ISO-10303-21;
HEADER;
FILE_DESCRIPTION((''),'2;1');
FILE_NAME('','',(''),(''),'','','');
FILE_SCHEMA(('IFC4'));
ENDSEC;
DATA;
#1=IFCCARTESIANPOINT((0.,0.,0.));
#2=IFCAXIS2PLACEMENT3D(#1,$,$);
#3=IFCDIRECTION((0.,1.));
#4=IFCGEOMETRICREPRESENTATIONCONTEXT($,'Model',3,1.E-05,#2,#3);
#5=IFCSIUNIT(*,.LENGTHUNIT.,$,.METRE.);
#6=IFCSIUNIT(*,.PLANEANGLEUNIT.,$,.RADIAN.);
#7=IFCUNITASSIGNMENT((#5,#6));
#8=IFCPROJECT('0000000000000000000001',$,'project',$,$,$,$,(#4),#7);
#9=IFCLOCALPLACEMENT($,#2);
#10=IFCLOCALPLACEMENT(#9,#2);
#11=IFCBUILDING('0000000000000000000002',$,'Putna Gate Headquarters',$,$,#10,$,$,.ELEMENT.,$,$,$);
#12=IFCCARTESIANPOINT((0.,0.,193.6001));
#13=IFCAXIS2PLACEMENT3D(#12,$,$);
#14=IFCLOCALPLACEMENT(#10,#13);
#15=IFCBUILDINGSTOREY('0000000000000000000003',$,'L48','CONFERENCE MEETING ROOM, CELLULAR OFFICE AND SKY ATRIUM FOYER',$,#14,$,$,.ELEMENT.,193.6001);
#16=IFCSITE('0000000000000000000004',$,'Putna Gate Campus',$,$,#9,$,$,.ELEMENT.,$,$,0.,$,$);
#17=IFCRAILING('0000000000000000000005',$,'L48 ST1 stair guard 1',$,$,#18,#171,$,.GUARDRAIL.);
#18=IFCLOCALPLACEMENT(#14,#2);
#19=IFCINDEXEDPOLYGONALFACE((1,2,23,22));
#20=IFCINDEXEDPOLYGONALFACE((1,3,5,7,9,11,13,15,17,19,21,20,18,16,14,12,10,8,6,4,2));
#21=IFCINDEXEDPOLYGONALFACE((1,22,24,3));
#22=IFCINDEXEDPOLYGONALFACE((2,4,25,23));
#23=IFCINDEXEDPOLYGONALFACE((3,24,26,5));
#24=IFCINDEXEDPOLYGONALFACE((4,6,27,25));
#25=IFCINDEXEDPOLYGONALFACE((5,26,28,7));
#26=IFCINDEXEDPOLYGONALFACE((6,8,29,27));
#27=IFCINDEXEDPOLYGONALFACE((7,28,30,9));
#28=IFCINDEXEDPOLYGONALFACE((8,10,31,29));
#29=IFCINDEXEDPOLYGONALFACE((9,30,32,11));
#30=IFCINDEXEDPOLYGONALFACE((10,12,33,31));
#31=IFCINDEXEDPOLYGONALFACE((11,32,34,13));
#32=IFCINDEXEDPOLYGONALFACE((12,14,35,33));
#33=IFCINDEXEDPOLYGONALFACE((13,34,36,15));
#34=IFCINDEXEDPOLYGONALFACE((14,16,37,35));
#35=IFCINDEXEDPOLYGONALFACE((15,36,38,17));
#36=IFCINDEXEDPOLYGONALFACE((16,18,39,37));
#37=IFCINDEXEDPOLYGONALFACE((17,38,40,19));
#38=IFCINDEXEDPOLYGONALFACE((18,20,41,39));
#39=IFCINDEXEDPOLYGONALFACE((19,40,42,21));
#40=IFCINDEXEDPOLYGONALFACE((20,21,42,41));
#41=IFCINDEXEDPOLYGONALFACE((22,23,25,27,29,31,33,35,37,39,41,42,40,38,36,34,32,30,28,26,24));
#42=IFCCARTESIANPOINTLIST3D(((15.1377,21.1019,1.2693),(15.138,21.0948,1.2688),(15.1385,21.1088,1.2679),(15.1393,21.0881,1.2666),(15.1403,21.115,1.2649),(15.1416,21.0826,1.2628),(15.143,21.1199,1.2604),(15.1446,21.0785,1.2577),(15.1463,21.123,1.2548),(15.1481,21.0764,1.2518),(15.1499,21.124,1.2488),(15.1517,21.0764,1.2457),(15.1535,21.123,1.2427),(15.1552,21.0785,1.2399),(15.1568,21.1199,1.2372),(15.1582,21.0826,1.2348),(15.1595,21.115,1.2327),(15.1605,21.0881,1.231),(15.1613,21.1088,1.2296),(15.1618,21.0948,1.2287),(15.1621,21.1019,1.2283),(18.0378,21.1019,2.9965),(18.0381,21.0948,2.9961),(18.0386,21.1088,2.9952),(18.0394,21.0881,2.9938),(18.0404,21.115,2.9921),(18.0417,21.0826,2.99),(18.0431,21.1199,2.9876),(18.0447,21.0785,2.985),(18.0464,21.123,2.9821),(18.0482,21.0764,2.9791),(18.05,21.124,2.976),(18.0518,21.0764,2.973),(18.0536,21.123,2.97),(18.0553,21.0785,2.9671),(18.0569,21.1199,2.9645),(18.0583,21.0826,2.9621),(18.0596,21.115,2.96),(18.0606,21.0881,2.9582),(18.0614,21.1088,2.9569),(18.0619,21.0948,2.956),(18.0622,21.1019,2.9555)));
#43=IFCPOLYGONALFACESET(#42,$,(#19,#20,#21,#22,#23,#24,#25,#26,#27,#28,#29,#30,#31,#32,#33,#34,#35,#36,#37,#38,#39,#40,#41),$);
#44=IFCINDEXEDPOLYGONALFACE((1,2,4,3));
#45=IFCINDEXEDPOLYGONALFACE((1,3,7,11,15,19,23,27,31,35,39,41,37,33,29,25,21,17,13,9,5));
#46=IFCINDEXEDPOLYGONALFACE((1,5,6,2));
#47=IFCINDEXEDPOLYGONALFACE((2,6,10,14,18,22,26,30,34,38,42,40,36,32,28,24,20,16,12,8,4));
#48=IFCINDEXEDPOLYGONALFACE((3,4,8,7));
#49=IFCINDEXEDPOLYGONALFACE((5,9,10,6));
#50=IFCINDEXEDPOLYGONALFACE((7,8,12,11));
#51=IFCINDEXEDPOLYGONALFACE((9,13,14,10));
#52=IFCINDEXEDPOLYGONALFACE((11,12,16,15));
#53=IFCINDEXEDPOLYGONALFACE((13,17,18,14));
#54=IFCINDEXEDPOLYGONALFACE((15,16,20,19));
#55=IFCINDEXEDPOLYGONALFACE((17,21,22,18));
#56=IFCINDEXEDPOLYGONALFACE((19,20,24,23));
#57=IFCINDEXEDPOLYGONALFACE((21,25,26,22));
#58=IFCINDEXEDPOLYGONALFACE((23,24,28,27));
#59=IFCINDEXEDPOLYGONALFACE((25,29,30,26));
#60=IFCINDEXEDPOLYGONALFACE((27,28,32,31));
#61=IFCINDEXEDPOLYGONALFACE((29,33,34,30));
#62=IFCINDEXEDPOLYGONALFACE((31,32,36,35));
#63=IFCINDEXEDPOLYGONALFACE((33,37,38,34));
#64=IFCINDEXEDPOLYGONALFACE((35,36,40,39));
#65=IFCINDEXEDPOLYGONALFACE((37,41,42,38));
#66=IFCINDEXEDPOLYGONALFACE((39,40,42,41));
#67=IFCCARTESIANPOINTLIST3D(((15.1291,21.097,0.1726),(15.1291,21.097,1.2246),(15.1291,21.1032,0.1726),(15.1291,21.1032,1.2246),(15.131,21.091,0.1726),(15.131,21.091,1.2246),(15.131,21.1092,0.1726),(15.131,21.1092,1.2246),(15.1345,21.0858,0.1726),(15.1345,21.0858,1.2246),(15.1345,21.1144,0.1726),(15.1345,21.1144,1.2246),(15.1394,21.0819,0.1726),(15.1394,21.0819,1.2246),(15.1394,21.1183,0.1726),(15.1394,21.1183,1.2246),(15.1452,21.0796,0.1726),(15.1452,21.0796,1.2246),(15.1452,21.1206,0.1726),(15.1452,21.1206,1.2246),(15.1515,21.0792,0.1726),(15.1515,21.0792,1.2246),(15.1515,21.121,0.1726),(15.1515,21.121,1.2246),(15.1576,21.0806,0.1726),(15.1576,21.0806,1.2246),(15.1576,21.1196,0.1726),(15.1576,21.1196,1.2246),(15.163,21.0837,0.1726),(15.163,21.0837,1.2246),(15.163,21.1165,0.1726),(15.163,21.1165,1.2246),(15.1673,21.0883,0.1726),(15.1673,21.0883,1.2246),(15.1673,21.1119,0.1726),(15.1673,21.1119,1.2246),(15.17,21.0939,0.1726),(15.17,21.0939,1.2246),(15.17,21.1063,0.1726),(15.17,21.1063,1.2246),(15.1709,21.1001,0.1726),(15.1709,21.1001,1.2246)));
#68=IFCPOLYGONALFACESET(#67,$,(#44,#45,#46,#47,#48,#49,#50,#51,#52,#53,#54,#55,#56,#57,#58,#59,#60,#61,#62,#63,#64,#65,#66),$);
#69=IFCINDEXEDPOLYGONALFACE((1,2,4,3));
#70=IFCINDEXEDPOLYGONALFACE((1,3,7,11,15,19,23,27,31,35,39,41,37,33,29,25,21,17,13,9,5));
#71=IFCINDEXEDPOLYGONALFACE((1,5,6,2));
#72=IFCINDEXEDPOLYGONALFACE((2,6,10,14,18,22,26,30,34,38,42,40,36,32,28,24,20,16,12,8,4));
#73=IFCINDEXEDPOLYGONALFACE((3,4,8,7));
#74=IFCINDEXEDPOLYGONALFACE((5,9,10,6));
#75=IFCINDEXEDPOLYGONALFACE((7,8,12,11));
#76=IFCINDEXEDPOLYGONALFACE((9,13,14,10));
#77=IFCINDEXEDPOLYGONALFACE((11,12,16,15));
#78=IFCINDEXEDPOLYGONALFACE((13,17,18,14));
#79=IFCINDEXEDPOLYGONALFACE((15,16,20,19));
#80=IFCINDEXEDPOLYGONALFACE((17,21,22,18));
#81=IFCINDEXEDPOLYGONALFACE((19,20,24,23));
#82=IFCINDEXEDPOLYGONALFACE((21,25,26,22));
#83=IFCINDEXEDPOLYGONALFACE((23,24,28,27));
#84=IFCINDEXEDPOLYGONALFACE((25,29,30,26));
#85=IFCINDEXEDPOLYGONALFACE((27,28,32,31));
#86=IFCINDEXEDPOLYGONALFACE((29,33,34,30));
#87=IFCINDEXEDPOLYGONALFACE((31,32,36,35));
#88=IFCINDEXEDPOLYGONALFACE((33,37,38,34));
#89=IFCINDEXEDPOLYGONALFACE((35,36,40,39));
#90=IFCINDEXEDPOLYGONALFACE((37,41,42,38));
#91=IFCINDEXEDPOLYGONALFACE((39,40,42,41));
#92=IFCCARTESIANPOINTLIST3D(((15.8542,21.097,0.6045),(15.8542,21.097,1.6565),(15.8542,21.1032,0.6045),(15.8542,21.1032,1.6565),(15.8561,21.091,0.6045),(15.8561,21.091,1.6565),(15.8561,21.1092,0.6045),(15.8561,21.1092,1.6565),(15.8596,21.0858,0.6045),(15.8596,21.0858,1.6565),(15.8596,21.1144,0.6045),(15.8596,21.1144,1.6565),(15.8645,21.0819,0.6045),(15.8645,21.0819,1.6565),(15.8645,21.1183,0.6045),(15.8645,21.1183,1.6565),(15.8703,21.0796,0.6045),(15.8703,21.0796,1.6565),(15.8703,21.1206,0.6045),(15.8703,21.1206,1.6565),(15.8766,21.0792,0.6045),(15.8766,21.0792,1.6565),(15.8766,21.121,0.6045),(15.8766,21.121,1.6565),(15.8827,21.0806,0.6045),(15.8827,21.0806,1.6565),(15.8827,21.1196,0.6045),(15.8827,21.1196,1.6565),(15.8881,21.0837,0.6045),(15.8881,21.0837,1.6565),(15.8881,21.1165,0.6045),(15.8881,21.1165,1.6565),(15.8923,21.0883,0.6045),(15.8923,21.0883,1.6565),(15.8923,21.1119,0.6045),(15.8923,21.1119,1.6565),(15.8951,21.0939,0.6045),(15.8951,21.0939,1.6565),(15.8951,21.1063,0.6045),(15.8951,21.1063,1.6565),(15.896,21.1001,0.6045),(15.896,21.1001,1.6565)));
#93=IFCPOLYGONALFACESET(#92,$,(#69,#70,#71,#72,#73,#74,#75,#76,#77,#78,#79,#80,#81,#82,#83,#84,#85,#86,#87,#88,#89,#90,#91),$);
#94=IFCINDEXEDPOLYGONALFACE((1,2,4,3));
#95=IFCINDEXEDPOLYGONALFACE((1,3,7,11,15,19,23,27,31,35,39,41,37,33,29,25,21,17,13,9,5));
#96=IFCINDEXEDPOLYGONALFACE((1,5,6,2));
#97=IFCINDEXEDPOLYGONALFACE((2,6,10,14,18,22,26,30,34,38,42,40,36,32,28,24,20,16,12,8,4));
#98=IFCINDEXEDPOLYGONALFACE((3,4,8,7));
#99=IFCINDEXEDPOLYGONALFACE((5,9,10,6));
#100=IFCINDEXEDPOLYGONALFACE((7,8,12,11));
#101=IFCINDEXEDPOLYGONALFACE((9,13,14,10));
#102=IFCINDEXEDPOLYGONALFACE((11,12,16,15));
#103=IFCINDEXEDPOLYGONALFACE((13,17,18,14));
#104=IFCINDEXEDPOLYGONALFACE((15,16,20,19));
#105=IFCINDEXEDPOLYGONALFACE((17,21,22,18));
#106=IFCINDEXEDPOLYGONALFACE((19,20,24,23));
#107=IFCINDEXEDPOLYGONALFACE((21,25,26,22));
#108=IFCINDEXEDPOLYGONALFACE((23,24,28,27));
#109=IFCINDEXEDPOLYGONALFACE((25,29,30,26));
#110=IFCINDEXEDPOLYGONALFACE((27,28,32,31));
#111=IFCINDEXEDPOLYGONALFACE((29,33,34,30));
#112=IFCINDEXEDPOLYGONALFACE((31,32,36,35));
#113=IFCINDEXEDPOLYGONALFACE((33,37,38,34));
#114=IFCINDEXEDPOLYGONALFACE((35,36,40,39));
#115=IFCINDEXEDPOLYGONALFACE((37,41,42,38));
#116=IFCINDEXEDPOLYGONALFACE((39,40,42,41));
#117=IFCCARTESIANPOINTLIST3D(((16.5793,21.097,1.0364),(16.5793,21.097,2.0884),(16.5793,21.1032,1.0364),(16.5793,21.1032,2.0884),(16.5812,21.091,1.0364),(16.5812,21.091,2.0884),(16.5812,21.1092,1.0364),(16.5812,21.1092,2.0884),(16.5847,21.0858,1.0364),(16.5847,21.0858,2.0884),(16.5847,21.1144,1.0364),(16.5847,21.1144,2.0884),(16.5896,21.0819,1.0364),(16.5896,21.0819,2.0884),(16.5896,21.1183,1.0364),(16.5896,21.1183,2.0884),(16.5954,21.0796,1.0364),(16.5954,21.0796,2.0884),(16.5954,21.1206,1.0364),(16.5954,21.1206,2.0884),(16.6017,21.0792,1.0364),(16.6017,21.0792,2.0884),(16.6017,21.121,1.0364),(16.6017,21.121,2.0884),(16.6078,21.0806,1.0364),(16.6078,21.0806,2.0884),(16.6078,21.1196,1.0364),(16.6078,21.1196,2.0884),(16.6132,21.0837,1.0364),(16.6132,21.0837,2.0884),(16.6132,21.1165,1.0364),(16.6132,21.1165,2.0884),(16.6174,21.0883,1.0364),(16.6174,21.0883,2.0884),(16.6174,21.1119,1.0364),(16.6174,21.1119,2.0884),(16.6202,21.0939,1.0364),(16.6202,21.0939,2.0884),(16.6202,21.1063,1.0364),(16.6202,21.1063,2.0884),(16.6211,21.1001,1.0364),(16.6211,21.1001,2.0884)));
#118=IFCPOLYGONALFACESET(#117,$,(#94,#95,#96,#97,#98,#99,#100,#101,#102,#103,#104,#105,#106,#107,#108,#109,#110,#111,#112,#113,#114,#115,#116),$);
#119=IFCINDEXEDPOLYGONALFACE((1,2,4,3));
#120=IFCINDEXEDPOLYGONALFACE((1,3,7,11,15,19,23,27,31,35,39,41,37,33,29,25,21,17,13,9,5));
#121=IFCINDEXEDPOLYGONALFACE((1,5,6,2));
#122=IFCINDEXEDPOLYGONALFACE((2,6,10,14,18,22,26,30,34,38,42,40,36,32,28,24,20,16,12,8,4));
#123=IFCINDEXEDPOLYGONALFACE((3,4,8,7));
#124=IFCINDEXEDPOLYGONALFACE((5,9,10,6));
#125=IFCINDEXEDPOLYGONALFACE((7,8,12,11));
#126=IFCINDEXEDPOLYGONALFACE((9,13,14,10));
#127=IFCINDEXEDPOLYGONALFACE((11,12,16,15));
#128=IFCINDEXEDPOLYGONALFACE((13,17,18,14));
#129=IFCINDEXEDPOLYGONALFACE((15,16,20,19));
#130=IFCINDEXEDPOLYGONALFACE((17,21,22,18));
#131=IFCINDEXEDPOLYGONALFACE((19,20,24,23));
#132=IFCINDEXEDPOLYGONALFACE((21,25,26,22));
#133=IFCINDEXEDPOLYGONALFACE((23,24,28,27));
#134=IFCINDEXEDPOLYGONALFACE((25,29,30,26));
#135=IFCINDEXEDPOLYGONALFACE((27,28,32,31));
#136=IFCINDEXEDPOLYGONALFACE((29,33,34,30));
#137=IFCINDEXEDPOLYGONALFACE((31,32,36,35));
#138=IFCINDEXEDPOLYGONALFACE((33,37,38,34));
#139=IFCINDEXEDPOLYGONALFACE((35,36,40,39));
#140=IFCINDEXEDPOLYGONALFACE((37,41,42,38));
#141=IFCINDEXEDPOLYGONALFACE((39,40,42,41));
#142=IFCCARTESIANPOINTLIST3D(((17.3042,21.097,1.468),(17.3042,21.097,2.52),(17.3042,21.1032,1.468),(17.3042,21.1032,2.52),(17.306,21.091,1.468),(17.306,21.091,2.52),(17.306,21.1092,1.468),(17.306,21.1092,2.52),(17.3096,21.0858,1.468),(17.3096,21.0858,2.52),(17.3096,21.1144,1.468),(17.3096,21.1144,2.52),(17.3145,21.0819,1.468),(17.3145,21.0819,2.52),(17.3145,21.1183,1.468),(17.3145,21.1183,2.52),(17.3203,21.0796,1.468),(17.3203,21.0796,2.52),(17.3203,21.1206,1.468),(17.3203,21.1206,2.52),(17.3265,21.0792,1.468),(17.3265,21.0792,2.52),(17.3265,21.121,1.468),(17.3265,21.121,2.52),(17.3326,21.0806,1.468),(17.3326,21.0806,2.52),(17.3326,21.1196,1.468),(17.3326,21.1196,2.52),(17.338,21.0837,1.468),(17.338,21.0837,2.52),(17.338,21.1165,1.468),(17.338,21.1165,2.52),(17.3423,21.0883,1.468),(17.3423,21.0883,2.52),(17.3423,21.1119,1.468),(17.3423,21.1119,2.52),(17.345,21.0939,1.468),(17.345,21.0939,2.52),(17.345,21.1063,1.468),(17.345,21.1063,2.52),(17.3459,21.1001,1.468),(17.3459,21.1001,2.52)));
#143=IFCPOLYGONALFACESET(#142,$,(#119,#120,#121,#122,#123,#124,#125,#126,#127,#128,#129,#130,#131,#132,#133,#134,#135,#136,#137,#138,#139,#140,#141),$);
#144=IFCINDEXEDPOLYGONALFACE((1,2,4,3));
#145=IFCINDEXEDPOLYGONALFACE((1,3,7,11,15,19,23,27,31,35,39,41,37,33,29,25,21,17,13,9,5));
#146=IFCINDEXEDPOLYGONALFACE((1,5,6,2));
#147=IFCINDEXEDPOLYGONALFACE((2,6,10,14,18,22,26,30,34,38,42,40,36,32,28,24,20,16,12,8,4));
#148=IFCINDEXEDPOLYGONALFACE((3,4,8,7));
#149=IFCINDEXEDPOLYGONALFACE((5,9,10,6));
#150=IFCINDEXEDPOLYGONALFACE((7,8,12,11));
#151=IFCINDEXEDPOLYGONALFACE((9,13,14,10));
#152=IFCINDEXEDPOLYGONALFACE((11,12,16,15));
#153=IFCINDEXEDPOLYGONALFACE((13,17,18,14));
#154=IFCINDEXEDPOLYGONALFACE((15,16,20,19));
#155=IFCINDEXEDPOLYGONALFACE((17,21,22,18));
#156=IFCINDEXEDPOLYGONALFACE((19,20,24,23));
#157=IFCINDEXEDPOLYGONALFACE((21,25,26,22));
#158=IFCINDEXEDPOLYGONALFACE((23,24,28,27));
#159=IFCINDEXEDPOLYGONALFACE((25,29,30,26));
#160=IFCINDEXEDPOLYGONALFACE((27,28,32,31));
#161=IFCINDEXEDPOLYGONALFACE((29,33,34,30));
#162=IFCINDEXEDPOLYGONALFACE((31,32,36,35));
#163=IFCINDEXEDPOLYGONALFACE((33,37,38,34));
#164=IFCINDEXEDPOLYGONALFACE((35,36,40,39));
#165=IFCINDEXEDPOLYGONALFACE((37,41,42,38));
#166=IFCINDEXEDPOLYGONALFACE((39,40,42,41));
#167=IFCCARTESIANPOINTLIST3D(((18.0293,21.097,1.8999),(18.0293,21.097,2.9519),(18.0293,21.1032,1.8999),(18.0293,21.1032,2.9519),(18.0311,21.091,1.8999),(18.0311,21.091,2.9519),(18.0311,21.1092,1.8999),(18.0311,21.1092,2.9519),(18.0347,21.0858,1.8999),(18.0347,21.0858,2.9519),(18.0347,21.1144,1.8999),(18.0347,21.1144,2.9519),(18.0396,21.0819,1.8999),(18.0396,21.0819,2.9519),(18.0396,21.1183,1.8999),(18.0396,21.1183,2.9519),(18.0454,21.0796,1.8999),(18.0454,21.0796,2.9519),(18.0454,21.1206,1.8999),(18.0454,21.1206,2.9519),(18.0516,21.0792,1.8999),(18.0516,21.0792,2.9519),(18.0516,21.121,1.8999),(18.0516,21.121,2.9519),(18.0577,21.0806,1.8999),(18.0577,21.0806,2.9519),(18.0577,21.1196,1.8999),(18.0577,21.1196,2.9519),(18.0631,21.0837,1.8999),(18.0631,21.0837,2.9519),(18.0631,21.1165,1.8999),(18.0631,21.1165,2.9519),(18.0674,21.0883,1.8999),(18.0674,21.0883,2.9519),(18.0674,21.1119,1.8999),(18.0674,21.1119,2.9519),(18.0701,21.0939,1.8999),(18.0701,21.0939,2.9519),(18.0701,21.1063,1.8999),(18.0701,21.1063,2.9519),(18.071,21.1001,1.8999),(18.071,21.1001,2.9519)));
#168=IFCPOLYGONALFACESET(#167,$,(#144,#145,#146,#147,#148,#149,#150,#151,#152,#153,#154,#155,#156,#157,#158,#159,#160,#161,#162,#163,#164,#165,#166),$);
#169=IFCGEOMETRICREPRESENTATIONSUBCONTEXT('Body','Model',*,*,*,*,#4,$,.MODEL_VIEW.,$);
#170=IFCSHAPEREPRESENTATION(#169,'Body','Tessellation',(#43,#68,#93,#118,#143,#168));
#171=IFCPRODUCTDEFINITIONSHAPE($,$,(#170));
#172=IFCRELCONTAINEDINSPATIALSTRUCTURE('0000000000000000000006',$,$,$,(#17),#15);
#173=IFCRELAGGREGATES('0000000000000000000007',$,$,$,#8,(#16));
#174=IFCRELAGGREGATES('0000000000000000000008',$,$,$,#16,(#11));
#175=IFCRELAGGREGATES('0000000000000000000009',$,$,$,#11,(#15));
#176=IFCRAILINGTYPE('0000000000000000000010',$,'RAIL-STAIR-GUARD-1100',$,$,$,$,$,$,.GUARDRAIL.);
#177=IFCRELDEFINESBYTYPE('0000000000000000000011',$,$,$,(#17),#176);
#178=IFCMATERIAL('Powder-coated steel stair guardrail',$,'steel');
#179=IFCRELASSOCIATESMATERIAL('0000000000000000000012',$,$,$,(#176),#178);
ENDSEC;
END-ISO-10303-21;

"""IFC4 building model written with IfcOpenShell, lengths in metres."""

from ifc_helpers import new_model, si_unit, direction, frame, origin, origin_2d, place, context, subcontext, project, spatial, circle, extrude, material, type_object, element, save


model = new_model("IFC4")

# Units and contexts
model_context = context("Model", 3, precision=1e-05, world=origin(), true_north=direction((0.0, 1.0)))
body_context = subcontext(model_context, "Body", "Model", "MODEL_VIEW")
ifc_project = project(units=[si_unit("LENGTHUNIT", "METRE"), si_unit("PLANEANGLEUNIT", "RADIAN")], contexts=[model_context])

# Site, building, storey
site_placement = place(None, origin())
site = spatial("IfcSite", under=ifc_project, at=site_placement, Name="Putna Gate Campus", CompositionType="ELEMENT", RefElevation=0.0)
building_placement = place(site_placement, origin())
building = spatial("IfcBuilding", under=site, at=building_placement, Name="Putna Gate Headquarters", CompositionType="ELEMENT")
storey_placement = place(building_placement, frame((0.0, 0.0, 193.6001)))
storey = spatial("IfcBuildingStorey", under=building, at=storey_placement, Name="L48", Description="CONFERENCE MEETING ROOM, CELLULAR OFFICE AND SKY ATRIUM FOYER", CompositionType="ELEMENT", Elevation=193.6001)

# Railing
ifc_material_1 = material(Name="Powder-coated steel stair guardrail", Category="steel")
railing_type_1 = type_object("IfcRailingType", Name="RAIL-STAIR-GUARD-1100", PredefinedType="GUARDRAIL", material=ifc_material_1)
railing_1_placement = place(storey_placement, frame((15.1499, 21.1001, 0.1726)))
element("IfcRailing", 1, at=railing_1_placement, inside=storey, type_object=railing_type_1, Name="L48 ST1 stair guard 1", PredefinedType="GUARDRAIL", context=body_context, shape_type="SweptSolid", body=[
    extrude(circle(Radius=0.0239, at=origin_2d()), frame((0.0, 0.0, 1.0762), z_axis=(0.85916, 0.0, 0.511706), x_axis=(0.0, 1.0, 0.0)), (0.0, 0.0, 1.0), 3.3755),
    extrude(circle(Radius=0.021, at=origin_2d()), origin(), (0.0, 0.0, 1.0), 1.052),
    extrude(circle(Radius=0.021, at=origin_2d()), frame((0.7251, 0.0, 0.4319)), (0.0, 0.0, 1.0), 1.052),
    extrude(circle(Radius=0.021, at=origin_2d()), frame((1.4502, 0.0, 0.8638)), (0.0, 0.0, 1.0), 1.052),
    extrude(circle(Radius=0.021, at=origin_2d()), frame((2.175, 0.0, 1.2954)), (0.0, 0.0, 1.0), 1.052),
    extrude(circle(Radius=0.021, at=origin_2d()), frame((2.9001, 0.0, 1.7273)), (0.0, 0.0, 1.0), 1.052),
])

save(model, "model.ifc")
